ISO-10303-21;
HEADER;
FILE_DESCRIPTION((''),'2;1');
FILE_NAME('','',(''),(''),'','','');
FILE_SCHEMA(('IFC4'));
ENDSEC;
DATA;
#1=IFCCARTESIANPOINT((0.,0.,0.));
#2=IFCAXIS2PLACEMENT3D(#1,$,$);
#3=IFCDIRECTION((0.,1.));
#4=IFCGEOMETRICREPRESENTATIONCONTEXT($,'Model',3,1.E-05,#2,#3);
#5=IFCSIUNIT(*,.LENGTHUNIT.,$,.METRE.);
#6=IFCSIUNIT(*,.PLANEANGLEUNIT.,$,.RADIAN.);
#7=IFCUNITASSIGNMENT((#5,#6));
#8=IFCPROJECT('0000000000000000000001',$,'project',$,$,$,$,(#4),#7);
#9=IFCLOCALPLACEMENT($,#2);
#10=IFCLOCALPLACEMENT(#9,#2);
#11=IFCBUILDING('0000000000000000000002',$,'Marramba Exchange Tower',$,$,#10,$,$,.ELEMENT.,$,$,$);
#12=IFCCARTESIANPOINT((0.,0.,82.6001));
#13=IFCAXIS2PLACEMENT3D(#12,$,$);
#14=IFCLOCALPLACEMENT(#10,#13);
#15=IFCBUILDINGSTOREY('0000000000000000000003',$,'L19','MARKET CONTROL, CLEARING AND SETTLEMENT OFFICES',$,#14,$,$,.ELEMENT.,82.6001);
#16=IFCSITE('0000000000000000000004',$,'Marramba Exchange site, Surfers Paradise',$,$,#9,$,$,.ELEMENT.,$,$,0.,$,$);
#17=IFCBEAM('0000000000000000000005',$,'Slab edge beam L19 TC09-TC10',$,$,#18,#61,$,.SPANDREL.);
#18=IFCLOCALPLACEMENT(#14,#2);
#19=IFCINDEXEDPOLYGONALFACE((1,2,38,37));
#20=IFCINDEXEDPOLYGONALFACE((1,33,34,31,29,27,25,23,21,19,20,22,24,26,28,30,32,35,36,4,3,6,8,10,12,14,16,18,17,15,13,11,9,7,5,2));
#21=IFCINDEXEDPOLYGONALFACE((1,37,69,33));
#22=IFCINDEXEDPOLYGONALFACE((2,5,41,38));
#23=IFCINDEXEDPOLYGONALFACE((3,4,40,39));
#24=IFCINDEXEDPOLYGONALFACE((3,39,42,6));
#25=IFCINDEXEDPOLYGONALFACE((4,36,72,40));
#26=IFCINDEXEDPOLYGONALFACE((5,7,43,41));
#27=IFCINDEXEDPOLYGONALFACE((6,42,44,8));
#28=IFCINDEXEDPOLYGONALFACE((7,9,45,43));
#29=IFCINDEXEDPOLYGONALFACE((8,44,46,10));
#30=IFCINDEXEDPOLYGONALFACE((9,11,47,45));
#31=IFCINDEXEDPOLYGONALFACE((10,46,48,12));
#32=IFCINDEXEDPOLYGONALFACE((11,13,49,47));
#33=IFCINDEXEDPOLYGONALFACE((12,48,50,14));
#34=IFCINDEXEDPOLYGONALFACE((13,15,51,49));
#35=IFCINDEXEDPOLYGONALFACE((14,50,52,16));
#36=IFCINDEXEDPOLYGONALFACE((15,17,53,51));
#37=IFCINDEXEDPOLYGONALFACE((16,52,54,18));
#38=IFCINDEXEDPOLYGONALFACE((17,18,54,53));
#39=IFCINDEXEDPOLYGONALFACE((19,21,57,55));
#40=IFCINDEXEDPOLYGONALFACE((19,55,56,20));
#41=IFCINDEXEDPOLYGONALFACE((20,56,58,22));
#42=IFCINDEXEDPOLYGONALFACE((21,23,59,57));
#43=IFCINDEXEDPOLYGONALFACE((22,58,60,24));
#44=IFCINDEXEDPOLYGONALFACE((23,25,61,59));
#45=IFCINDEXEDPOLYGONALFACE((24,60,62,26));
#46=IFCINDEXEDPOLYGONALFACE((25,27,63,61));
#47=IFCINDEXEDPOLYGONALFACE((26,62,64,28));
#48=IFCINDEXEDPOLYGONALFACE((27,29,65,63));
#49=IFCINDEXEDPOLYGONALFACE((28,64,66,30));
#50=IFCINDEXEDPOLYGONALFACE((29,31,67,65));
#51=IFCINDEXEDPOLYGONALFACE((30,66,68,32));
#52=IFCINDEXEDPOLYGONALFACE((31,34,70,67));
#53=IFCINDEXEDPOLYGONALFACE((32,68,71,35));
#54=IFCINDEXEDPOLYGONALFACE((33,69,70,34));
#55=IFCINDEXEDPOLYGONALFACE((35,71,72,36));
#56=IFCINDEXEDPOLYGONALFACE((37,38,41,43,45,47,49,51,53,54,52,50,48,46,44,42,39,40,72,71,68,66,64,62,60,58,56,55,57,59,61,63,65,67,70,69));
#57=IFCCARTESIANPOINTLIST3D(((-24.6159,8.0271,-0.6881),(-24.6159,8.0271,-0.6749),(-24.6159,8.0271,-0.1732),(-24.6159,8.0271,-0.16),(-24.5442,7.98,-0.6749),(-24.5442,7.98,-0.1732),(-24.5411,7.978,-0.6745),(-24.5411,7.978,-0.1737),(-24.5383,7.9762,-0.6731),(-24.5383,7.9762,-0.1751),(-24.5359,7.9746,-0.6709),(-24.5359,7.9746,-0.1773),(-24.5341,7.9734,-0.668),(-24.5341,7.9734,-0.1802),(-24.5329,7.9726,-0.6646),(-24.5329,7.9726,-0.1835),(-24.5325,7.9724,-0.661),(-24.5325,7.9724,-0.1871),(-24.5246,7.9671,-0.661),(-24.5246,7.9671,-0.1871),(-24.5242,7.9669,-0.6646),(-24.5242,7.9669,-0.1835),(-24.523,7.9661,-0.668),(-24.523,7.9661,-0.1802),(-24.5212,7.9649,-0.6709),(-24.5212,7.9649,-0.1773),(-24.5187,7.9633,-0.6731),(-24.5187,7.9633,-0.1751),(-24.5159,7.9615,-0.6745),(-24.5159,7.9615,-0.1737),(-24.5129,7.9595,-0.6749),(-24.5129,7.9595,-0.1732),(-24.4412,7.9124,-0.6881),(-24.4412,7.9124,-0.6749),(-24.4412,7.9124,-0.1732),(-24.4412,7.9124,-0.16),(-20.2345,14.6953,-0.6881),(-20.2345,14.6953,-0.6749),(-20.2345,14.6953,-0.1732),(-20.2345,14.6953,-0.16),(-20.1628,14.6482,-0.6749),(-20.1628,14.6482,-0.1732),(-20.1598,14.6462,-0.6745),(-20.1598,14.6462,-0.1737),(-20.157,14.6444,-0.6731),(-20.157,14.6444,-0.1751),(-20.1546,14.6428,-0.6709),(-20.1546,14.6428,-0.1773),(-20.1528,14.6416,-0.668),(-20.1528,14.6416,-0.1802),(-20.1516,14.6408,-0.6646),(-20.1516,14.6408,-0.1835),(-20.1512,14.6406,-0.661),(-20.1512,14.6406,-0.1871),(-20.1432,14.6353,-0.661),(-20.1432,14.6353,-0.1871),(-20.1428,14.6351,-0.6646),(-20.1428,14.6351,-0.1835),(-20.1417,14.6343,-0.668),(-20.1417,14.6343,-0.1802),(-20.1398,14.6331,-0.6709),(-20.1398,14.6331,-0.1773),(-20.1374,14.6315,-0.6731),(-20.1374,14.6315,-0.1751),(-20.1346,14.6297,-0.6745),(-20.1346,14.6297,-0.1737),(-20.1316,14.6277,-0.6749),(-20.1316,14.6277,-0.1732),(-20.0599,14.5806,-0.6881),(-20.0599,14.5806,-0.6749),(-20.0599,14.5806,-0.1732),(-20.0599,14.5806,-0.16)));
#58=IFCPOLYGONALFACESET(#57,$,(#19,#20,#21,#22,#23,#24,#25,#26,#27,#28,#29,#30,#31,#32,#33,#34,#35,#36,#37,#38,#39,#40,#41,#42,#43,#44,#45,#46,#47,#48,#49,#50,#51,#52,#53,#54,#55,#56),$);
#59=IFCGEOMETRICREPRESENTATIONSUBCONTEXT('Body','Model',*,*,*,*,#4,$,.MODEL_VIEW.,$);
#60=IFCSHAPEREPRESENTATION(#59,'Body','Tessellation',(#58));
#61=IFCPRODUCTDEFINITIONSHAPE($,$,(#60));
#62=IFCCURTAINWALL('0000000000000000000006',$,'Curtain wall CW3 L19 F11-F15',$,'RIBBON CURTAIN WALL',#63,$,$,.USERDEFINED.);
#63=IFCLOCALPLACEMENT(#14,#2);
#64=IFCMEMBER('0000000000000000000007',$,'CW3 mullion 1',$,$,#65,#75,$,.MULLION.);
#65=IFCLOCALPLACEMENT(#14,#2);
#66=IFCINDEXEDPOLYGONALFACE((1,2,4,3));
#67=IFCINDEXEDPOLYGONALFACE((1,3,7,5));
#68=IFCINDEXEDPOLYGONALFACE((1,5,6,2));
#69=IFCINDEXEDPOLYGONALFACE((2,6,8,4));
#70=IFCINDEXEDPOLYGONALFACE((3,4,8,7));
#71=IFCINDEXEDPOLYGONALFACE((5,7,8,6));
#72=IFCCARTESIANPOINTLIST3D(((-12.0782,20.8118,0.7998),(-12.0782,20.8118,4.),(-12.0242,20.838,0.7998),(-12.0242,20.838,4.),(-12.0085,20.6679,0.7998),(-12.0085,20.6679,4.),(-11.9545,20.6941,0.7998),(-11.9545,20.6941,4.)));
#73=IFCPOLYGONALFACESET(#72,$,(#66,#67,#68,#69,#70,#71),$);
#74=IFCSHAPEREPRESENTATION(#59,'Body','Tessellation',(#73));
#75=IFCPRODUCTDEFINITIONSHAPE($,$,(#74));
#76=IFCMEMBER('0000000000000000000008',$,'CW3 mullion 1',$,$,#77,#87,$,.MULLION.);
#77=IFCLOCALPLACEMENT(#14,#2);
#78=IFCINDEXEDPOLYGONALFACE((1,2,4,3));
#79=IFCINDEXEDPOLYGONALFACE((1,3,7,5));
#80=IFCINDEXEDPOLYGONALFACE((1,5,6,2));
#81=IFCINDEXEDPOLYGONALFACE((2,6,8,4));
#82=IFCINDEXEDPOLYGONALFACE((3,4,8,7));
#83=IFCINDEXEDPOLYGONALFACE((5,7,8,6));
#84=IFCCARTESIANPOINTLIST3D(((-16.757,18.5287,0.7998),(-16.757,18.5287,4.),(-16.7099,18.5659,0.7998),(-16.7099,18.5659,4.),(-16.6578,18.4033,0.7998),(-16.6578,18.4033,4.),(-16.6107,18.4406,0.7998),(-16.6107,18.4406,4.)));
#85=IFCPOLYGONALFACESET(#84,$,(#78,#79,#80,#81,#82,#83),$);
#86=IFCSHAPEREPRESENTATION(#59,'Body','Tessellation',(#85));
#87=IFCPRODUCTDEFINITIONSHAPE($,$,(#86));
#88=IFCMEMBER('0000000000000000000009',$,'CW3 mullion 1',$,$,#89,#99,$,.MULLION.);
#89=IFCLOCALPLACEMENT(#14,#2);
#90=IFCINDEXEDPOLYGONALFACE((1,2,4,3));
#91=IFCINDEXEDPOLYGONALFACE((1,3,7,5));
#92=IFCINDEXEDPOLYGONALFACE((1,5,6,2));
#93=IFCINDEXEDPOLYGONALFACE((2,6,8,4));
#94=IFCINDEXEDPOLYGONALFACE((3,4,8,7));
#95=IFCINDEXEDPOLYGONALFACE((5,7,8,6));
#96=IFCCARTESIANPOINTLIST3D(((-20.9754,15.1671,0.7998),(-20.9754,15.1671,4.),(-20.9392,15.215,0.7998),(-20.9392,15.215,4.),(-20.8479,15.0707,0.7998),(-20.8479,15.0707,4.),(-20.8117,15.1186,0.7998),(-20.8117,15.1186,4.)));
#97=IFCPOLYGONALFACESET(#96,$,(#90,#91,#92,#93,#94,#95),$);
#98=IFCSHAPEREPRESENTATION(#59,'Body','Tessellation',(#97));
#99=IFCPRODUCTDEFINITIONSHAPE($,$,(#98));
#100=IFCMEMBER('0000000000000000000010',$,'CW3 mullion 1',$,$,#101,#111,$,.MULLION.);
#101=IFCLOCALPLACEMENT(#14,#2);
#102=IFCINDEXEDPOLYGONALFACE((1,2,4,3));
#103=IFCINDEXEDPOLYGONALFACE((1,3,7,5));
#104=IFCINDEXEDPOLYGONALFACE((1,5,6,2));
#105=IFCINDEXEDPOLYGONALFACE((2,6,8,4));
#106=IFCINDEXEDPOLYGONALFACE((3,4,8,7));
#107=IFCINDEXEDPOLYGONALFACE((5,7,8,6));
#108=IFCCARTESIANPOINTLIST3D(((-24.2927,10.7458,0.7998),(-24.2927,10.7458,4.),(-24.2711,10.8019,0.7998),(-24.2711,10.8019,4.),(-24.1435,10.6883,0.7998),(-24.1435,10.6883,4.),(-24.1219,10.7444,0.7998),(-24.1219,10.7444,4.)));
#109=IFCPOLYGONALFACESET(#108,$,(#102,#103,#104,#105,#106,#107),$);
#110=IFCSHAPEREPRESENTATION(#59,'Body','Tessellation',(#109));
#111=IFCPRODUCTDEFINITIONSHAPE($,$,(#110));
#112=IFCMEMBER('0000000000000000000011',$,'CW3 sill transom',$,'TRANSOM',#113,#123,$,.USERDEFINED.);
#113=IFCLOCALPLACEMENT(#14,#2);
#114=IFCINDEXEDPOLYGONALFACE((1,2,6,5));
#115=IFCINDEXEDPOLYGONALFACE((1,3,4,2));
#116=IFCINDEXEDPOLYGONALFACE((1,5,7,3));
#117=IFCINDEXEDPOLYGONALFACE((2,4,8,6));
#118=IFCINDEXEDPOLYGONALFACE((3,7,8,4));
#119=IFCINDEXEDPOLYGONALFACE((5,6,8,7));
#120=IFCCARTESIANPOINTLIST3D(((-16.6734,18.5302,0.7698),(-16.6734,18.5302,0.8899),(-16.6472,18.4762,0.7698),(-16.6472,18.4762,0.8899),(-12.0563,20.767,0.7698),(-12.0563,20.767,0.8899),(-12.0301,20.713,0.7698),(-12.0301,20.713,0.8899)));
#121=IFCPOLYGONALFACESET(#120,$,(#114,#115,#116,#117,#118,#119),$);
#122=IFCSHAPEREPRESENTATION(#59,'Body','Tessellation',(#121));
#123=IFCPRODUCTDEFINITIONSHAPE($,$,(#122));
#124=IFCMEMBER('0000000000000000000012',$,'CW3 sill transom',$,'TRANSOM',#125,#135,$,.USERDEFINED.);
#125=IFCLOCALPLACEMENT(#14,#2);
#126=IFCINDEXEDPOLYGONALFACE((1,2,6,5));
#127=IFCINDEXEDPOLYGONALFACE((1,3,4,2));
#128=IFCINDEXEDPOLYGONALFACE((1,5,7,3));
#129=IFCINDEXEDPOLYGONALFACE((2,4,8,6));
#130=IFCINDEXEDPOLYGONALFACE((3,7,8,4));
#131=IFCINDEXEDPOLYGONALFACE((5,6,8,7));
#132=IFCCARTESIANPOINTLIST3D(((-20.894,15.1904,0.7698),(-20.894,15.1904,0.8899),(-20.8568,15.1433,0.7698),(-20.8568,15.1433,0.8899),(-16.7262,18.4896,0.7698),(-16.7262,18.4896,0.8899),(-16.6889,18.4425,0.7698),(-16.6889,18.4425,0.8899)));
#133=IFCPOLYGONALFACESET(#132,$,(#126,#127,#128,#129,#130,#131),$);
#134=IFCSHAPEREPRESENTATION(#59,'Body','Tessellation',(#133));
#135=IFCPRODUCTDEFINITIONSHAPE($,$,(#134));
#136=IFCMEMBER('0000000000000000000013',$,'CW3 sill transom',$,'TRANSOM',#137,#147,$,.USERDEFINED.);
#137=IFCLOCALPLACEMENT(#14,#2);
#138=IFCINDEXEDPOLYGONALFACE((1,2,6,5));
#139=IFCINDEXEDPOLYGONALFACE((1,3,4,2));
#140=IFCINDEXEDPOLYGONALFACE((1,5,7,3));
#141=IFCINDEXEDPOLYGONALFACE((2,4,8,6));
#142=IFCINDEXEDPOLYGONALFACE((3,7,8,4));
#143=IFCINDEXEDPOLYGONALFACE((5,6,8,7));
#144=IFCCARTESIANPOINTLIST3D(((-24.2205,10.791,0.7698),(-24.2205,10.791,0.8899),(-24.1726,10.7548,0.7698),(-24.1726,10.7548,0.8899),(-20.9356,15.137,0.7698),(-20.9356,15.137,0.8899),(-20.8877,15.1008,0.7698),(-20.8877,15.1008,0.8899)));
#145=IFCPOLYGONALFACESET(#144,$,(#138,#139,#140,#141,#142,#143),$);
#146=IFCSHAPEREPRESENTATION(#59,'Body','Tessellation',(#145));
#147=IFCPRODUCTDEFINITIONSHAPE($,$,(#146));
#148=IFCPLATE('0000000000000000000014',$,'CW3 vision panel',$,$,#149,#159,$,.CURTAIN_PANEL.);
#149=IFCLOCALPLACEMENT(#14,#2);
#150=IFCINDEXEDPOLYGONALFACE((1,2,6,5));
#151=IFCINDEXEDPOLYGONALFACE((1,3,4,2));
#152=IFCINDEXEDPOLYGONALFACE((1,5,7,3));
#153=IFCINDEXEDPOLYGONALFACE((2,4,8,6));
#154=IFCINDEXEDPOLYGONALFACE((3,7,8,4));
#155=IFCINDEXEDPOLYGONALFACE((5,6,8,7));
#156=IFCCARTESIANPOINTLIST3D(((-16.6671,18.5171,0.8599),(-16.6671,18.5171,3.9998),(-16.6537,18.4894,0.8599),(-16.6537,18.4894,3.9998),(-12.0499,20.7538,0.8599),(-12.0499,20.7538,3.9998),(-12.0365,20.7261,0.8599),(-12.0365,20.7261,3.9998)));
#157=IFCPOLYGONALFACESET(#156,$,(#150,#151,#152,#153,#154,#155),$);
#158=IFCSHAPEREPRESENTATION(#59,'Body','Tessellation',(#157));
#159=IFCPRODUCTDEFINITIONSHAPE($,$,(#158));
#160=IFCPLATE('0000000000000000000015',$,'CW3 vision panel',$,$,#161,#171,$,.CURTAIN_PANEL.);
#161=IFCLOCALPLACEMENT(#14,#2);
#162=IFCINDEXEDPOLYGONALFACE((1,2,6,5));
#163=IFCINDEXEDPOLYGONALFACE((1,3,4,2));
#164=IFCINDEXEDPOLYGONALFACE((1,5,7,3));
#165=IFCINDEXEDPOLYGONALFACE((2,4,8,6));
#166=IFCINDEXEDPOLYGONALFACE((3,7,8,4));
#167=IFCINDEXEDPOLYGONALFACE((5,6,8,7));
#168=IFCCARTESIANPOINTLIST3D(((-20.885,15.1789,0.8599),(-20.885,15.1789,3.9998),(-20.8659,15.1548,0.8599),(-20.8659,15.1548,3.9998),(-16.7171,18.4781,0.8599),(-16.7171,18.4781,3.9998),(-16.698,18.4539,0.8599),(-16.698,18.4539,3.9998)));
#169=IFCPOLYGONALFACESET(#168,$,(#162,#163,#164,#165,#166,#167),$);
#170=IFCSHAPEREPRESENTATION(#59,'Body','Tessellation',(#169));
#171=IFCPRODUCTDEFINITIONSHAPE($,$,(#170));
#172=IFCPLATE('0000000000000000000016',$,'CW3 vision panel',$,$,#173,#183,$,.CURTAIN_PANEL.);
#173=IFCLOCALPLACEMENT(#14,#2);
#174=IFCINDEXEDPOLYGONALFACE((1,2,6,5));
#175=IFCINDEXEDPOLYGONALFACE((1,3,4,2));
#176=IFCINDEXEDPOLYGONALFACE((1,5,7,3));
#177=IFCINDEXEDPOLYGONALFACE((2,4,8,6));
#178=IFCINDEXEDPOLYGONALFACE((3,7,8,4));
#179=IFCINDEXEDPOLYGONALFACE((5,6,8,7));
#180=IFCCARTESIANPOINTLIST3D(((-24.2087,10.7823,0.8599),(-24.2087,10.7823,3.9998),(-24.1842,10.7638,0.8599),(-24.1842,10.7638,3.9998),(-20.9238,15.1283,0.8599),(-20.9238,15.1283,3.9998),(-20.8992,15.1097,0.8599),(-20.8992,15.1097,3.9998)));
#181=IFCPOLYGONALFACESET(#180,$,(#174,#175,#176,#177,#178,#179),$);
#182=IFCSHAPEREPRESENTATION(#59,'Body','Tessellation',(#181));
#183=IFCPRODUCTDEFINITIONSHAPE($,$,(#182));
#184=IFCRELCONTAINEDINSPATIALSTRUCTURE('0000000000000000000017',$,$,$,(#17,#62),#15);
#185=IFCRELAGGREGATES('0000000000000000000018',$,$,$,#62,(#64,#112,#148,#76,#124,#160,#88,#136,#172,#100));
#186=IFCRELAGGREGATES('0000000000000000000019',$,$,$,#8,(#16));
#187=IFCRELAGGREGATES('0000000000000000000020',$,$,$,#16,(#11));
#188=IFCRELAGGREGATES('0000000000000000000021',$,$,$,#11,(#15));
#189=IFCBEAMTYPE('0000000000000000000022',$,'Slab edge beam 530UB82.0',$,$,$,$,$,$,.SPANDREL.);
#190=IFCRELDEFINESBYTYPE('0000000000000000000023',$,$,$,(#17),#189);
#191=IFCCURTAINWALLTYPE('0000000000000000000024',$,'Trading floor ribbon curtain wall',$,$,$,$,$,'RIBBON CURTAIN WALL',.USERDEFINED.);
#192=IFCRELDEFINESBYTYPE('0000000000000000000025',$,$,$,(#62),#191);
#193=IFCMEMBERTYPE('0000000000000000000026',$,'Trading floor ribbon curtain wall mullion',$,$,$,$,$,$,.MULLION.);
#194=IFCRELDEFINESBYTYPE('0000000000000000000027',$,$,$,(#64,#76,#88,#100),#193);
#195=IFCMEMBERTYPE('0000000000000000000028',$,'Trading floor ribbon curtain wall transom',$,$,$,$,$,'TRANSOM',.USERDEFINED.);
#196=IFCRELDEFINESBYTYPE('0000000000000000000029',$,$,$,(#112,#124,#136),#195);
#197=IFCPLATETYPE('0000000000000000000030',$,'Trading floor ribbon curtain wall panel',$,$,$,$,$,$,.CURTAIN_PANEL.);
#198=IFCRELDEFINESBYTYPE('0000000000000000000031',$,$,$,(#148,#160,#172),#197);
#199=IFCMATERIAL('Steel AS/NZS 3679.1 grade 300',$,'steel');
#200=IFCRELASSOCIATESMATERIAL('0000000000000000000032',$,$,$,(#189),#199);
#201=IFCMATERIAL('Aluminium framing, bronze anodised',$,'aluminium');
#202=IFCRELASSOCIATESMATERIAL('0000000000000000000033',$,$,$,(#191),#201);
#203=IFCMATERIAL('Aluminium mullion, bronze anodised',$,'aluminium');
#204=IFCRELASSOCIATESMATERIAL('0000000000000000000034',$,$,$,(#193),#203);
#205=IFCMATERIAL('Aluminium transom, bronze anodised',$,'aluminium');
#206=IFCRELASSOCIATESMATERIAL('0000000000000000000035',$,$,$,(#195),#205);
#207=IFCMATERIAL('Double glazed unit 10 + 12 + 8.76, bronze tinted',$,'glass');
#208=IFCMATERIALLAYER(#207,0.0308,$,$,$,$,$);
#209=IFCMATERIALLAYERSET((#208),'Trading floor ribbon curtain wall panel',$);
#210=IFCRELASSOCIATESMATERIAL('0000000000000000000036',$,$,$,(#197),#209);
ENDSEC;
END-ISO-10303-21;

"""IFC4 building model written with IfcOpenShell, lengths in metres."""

from ifc_helpers import new_model, si_unit, direction, frame, origin, origin_2d, place, context, subcontext, project, spatial, rectangle, i_section, extrude, material, layer, layer_set, material_profile, profile_set, type_object, element, aggregate, save


model = new_model("IFC4")

# Units and contexts
model_context = context("Model", 3, precision=1e-05, world=origin(), true_north=direction((0.0, 1.0)))
body_context = subcontext(model_context, "Body", "Model", "MODEL_VIEW")
ifc_project = project(units=[si_unit("LENGTHUNIT", "METRE"), si_unit("PLANEANGLEUNIT", "RADIAN")], contexts=[model_context])

# Site, building, storey
site_placement = place(None, origin())
site = spatial("IfcSite", under=ifc_project, at=site_placement, Name="Marramba Exchange site, Surfers Paradise", CompositionType="ELEMENT", RefElevation=0.0)
building_placement = place(site_placement, origin())
building = spatial("IfcBuilding", under=site, at=building_placement, Name="Marramba Exchange Tower", CompositionType="ELEMENT")
storey_placement = place(building_placement, frame((0.0, 0.0, 82.6001)))
storey = spatial("IfcBuildingStorey", under=building, at=storey_placement, Name="L19", Description="MARKET CONTROL, CLEARING AND SETTLEMENT OFFICES", CompositionType="ELEMENT", Elevation=82.6001)

# Beam
ifc_material_1 = material(Name="Steel AS/NZS 3679.1 grade 300", Category="steel")
ifc_material_profile_1 = material_profile(ifc_material_1, i_section(OverallWidth=0.209, OverallDepth=0.5281, WebThickness=0.0095, FlangeThickness=0.0132, FilletRadius=0.0139, at=origin_2d()), Name="530UB82.0")
ifc_profile_set_1 = profile_set([ifc_material_profile_1], Name="Steel AS/NZS 3679.1 grade 300")
beam_type_1 = type_object("IfcBeamType", Name="Slab edge beam 530UB82.0", PredefinedType="SPANDREL", material=ifc_profile_set_1)
beam_1_placement = place(storey_placement, frame((-20.1472, 14.6379, -0.4241), z_axis=(-0.549124, -0.835741, 0.0), x_axis=(0.835741, -0.549124, 0.0)))
element("IfcBeam", 1, at=beam_1_placement, inside=storey, type_object=beam_type_1, Name="Slab edge beam L19 TC09-TC10", PredefinedType="SPANDREL", context=body_context, shape_type="SweptSolid", body=[
    extrude(i_section(OverallWidth=0.209, OverallDepth=0.5281, WebThickness=0.0095, FlangeThickness=0.0132, FilletRadius=0.0139, at=origin_2d()), origin(), (0.0, 0.0, 1.0), 7.9788),
])

# Curtain wall, members, plates
ifc_material_2 = material(Name="Aluminium framing, bronze anodised", Category="aluminium")
curtain_wall_type = type_object("IfcCurtainWallType", Name="Trading floor ribbon curtain wall", ElementType="RIBBON CURTAIN WALL", PredefinedType="USERDEFINED", material=ifc_material_2)
curtain_wall_placement = place(storey_placement, origin())
curtain_wall = element("IfcCurtainWall", 2, at=curtain_wall_placement, inside=storey, type_object=curtain_wall_type, Name="Curtain wall CW3 L19 F11-F15", ObjectType="RIBBON CURTAIN WALL", PredefinedType="USERDEFINED")
ifc_material_3 = material(Name="Aluminium mullion, bronze anodised", Category="aluminium")
ifc_material_profile_2 = material_profile(ifc_material_3, rectangle(XDim=0.1599, YDim=0.0601, at=origin_2d()), Name="CW3 mullion 60x160")
ifc_profile_set_2 = profile_set([ifc_material_profile_2], Name="Aluminium mullion, bronze anodised")
member_type_1 = type_object("IfcMemberType", Name="Trading floor ribbon curtain wall mullion", PredefinedType="MULLION", material=ifc_profile_set_2)
member_1_placement = place(storey_placement, frame((-12.0164, 20.7529, 0.7998), z_axis=(0.0, 0.0, 1.0), x_axis=(0.435965, -0.899963, 0.0)))
member_1 = element("IfcMember", 3, at=member_1_placement, type_object=member_type_1, Name="CW3 mullion 1", PredefinedType="MULLION", context=body_context, shape_type="SweptSolid", body=[
    extrude(rectangle(XDim=0.1599, YDim=0.0601, at=origin_2d()), origin(), (0.0, 0.0, 1.0), 3.2002),
])
member_2_placement = place(storey_placement, frame((-16.6838, 18.4846, 0.7998), z_axis=(0.0, 0.0, 1.0), x_axis=(0.62065, -0.784088, 0.0)))
member_2 = element("IfcMember", 4, at=member_2_placement, type_object=member_type_1, Name="CW3 mullion 1", PredefinedType="MULLION", context=body_context, shape_type="SweptSolid", body=[
    extrude(rectangle(XDim=0.1599, YDim=0.0601, at=origin_2d()), origin(), (0.0, 0.0, 1.0), 3.2002),
])
member_3_placement = place(storey_placement, frame((-20.8936, 15.1428, 0.7998), z_axis=(0.0, 0.0, 1.0), x_axis=(0.797749, -0.60299, 0.0)))
member_3 = element("IfcMember", 5, at=member_3_placement, type_object=member_type_1, Name="CW3 mullion 1", PredefinedType="MULLION", context=body_context, shape_type="SweptSolid", body=[
    extrude(rectangle(XDim=0.1599, YDim=0.0601, at=origin_2d()), origin(), (0.0, 0.0, 1.0), 3.2002),
])
member_4_placement = place(storey_placement, frame((-24.2073, 10.7451, 0.7998), z_axis=(0.0, 0.0, 1.0), x_axis=(0.933135, -0.359526, 0.0)))
member_4 = element("IfcMember", 6, at=member_4_placement, type_object=member_type_1, Name="CW3 mullion 1", PredefinedType="MULLION", context=body_context, shape_type="SweptSolid", body=[
    extrude(rectangle(XDim=0.1599, YDim=0.0601, at=origin_2d()), origin(), (0.0, 0.0, 1.0), 3.2002),
])
ifc_material_4 = material(Name="Aluminium transom, bronze anodised", Category="aluminium")
ifc_material_profile_3 = material_profile(ifc_material_4, rectangle(XDim=0.0601, YDim=0.1201, at=origin_2d()), Name="CW3 transom 60x120")
ifc_profile_set_3 = profile_set([ifc_material_profile_3], Name="Aluminium transom, bronze anodised")
member_type_2 = type_object("IfcMemberType", Name="Trading floor ribbon curtain wall transom", ElementType="TRANSOM", PredefinedType="USERDEFINED", material=ifc_profile_set_3)
member_5_placement = place(storey_placement, frame((-12.0432, 20.74, 0.8298), z_axis=(-0.899953, -0.435986, 0.0), x_axis=(0.435986, -0.899953, 0.0)))
member_5 = element("IfcMember", 7, at=member_5_placement, type_object=member_type_2, Name="CW3 sill transom", ObjectType="TRANSOM", PredefinedType="USERDEFINED", context=body_context, shape_type="SweptSolid", body=[
    extrude(rectangle(XDim=0.0601, YDim=0.1201, at=origin_2d()), origin(), (0.0, 0.0, 1.0), 5.1304),
])
member_6_placement = place(storey_placement, frame((-16.7075, 18.4661, 0.8298), z_axis=(-0.784076, -0.620665, 0.0), x_axis=(0.620665, -0.784076, 0.0)))
member_6 = element("IfcMember", 8, at=member_6_placement, type_object=member_type_2, Name="CW3 sill transom", ObjectType="TRANSOM", PredefinedType="USERDEFINED", context=body_context, shape_type="SweptSolid", body=[
    extrude(rectangle(XDim=0.0601, YDim=0.1201, at=origin_2d()), origin(), (0.0, 0.0, 1.0), 5.3157),
])
member_7_placement = place(storey_placement, frame((-20.9116, 15.1189, 0.8298), z_axis=(-0.602986, -0.797752, 0.0), x_axis=(0.797752, -0.602986, 0.0)))
member_7 = element("IfcMember", 9, at=member_7_placement, type_object=member_type_2, Name="CW3 sill transom", ObjectType="TRANSOM", PredefinedType="USERDEFINED", context=body_context, shape_type="SweptSolid", body=[
    extrude(rectangle(XDim=0.0601, YDim=0.1201, at=origin_2d()), origin(), (0.0, 0.0, 1.0), 5.4478),
])
ifc_material_5 = material(Name="Double glazed unit 10 + 12 + 8.76, bronze tinted", Category="glass")
ifc_layer_1 = layer(ifc_material_5, 0.0308)
ifc_layer_set_1 = layer_set([ifc_layer_1], Name="Trading floor ribbon curtain wall panel")
plate_type = type_object("IfcPlateType", Name="Trading floor ribbon curtain wall panel", PredefinedType="CURTAIN_PANEL", material=ifc_layer_set_1)
plate_1_placement = place(storey_placement, frame((-14.3518, 19.6216, 0.8599), z_axis=(0.0, 0.0, 1.0), x_axis=(-0.899963, -0.435965, 0.0)))
plate_1 = element("IfcPlate", 10, at=plate_1_placement, type_object=plate_type, Name="CW3 vision panel", PredefinedType="CURTAIN_PANEL", context=body_context, shape_type="SweptSolid", body=[
    extrude(rectangle(XDim=5.1304, YDim=0.0308, at=origin_2d()), origin(), (0.0, 0.0, 1.0), 3.1399),
])
plate_2_placement = place(storey_placement, frame((-18.7915, 16.8164, 0.8599), z_axis=(0.0, 0.0, 1.0), x_axis=(-0.784088, -0.62065, 0.0)))
plate_2 = element("IfcPlate", 11, at=plate_2_placement, type_object=plate_type, Name="CW3 vision panel", PredefinedType="CURTAIN_PANEL", context=body_context, shape_type="SweptSolid", body=[
    extrude(rectangle(XDim=5.3157, YDim=0.0308, at=origin_2d()), origin(), (0.0, 0.0, 1.0), 3.1399),
])
plate_3_placement = place(storey_placement, frame((-22.554, 12.946, 0.8599), z_axis=(0.0, 0.0, 1.0), x_axis=(-0.60299, -0.797749, 0.0)))
plate_3 = element("IfcPlate", 12, at=plate_3_placement, type_object=plate_type, Name="CW3 vision panel", PredefinedType="CURTAIN_PANEL", context=body_context, shape_type="SweptSolid", body=[
    extrude(rectangle(XDim=5.4478, YDim=0.0308, at=origin_2d()), origin(), (0.0, 0.0, 1.0), 3.1399),
])
aggregate(curtain_wall, [member_1, member_5, plate_1, member_2, member_6, plate_2, member_3, member_7, plate_3, member_4])

save(model, "model.ifc")
